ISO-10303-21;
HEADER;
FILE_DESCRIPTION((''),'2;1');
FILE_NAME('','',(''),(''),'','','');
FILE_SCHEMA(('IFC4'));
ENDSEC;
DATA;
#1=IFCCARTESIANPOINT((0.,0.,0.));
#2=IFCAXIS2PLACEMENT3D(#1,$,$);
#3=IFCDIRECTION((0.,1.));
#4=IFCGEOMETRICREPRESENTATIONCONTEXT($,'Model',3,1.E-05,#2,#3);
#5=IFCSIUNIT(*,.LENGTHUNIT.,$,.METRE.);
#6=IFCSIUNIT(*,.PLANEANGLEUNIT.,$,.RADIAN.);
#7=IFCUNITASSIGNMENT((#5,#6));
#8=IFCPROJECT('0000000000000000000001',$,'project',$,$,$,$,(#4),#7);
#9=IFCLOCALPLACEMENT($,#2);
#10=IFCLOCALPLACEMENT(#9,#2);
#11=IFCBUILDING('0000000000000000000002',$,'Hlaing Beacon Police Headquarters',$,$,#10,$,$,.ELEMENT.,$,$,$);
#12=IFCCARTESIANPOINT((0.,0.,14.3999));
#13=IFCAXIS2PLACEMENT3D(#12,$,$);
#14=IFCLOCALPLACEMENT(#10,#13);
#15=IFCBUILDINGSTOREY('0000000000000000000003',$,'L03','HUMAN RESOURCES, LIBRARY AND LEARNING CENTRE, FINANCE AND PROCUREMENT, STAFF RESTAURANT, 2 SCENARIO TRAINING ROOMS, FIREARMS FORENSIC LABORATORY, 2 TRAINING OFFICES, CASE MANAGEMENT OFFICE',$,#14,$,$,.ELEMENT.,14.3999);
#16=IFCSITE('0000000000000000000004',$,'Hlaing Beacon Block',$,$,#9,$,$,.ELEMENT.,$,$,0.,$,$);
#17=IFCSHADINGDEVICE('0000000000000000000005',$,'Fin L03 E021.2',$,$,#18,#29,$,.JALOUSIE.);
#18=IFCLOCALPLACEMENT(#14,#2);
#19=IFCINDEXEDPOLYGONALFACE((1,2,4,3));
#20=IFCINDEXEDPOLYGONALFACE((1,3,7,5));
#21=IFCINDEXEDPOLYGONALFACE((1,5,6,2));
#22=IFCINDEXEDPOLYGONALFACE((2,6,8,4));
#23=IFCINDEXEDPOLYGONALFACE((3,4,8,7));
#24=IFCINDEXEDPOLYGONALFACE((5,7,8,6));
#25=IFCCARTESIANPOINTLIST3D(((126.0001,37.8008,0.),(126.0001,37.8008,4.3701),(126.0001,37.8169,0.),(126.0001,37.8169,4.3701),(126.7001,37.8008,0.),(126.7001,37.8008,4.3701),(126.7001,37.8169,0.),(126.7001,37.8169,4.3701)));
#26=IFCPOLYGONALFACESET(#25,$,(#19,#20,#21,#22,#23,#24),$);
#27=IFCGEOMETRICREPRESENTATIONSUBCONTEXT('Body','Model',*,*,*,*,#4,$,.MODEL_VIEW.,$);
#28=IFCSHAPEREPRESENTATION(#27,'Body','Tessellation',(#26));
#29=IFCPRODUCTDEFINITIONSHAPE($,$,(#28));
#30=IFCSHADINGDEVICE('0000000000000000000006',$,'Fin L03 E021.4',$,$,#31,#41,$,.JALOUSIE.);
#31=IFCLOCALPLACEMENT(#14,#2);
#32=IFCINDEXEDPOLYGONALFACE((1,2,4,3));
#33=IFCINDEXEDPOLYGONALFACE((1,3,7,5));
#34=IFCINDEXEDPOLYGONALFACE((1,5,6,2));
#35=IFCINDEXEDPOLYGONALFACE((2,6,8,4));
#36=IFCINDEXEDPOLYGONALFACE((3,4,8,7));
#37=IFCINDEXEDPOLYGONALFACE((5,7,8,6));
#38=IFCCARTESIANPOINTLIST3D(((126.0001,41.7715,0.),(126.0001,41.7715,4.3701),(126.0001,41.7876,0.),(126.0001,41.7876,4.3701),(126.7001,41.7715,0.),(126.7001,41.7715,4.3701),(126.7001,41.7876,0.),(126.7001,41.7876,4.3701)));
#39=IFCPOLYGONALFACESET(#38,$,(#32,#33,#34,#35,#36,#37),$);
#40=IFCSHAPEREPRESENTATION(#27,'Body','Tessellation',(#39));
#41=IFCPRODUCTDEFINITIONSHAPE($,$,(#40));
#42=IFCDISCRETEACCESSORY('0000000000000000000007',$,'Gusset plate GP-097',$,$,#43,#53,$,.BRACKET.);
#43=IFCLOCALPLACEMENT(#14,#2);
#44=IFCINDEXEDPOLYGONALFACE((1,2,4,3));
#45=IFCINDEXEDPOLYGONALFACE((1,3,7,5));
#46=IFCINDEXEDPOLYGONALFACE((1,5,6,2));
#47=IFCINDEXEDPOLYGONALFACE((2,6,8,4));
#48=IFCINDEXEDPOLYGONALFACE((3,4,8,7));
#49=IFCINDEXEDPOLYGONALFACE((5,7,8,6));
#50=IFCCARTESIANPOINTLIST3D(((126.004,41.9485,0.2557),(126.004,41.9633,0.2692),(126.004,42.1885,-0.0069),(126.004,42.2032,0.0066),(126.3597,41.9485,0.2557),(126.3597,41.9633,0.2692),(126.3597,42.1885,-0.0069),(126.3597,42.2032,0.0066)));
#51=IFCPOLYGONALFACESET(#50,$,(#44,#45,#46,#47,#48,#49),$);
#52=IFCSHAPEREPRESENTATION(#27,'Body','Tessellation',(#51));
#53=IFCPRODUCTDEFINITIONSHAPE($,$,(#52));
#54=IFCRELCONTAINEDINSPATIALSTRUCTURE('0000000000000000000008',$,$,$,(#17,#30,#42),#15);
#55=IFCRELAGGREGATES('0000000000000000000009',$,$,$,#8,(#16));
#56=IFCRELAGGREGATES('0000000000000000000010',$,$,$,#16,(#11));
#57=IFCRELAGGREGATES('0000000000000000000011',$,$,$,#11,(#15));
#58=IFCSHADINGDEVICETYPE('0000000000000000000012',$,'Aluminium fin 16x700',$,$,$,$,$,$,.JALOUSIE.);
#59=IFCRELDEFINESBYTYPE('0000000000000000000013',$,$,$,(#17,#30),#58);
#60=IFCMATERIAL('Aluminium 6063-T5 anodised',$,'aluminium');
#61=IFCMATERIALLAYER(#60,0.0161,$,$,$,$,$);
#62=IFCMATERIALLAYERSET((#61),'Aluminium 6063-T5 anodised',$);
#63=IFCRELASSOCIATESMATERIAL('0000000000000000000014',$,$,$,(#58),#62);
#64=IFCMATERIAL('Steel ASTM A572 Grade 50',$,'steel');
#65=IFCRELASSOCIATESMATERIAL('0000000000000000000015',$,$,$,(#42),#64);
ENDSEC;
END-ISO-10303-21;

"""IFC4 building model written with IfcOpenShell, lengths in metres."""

from ifc_helpers import new_model, si_unit, direction, frame, origin, origin_2d, place, context, subcontext, project, spatial, rectangle, extrude, material, layer, layer_set, type_object, element, save


model = new_model("IFC4")

# Units and contexts
model_context = context("Model", 3, precision=1e-05, world=origin(), true_north=direction((0.0, 1.0)))
body_context = subcontext(model_context, "Body", "Model", "MODEL_VIEW")
ifc_project = project(units=[si_unit("LENGTHUNIT", "METRE"), si_unit("PLANEANGLEUNIT", "RADIAN")], contexts=[model_context])

# Site, building, storey
site_placement = place(None, origin())
site = spatial("IfcSite", under=ifc_project, at=site_placement, Name="Hlaing Beacon Block", CompositionType="ELEMENT", RefElevation=0.0)
building_placement = place(site_placement, origin())
building = spatial("IfcBuilding", under=site, at=building_placement, Name="Hlaing Beacon Police Headquarters", CompositionType="ELEMENT")
storey_placement = place(building_placement, frame((0.0, 0.0, 14.3999)))
storey = spatial("IfcBuildingStorey", under=building, at=storey_placement, Name="L03", Description="HUMAN RESOURCES, LIBRARY AND LEARNING CENTRE, FINANCE AND PROCUREMENT, STAFF RESTAURANT, 2 SCENARIO TRAINING ROOMS, FIREARMS FORENSIC LABORATORY, 2 TRAINING OFFICES, CASE MANAGEMENT OFFICE", CompositionType="ELEMENT", Elevation=14.3999)

# Shading devices
ifc_material_1 = material(Name="Aluminium 6063-T5 anodised", Category="aluminium")
ifc_layer_1 = layer(ifc_material_1, 0.0161)
ifc_layer_set_1 = layer_set([ifc_layer_1], Name="Aluminium 6063-T5 anodised")
shading_device_type = type_object("IfcShadingDeviceType", Name="Aluminium fin 16x700", PredefinedType="JALOUSIE", material=ifc_layer_set_1)
for number, where, z_axis, x_axis, name in (
    (1, (126.3501, 37.8088, 0.0), (0.0, 0.0, 1.0), (0.0, 1.0, 0.0), "Fin L03 E021.2"),
    (2, (126.3501, 41.7795, 0.0), (0.0, 0.0, 1.0), (0.0, 1.0, 0.0), "Fin L03 E021.4"),
):
    element("IfcShadingDevice", number, at=place(storey_placement, frame(where, z_axis=z_axis, x_axis=x_axis)), inside=storey, type_object=shading_device_type, Name=name, PredefinedType="JALOUSIE", context=body_context, shape_type="SweptSolid", body=[
        extrude(rectangle(XDim=0.0161, YDim=0.7, at=origin_2d()), origin(), (0.0, 0.0, 1.0), 4.3701),
    ])

# Discrete accessory
ifc_material_2 = material(Name="Steel ASTM A572 Grade 50", Category="steel")
discrete_accessory_placement = place(storey_placement, frame((126.1819, 42.0833, 0.1379), z_axis=(0.0, -0.738196, -0.674586), x_axis=(1.0, 0.0, 0.0)))
element("IfcDiscreteAccessory", 3, at=discrete_accessory_placement, inside=storey, material=ifc_material_2, Name="Gusset plate GP-097", PredefinedType="BRACKET", context=body_context, shape_type="SweptSolid", body=[
    extrude(rectangle(XDim=0.3557, YDim=0.3557, at=origin_2d()), origin(), (0.0, 0.0, 1.0), 0.02),
])

save(model, "model.ifc")
